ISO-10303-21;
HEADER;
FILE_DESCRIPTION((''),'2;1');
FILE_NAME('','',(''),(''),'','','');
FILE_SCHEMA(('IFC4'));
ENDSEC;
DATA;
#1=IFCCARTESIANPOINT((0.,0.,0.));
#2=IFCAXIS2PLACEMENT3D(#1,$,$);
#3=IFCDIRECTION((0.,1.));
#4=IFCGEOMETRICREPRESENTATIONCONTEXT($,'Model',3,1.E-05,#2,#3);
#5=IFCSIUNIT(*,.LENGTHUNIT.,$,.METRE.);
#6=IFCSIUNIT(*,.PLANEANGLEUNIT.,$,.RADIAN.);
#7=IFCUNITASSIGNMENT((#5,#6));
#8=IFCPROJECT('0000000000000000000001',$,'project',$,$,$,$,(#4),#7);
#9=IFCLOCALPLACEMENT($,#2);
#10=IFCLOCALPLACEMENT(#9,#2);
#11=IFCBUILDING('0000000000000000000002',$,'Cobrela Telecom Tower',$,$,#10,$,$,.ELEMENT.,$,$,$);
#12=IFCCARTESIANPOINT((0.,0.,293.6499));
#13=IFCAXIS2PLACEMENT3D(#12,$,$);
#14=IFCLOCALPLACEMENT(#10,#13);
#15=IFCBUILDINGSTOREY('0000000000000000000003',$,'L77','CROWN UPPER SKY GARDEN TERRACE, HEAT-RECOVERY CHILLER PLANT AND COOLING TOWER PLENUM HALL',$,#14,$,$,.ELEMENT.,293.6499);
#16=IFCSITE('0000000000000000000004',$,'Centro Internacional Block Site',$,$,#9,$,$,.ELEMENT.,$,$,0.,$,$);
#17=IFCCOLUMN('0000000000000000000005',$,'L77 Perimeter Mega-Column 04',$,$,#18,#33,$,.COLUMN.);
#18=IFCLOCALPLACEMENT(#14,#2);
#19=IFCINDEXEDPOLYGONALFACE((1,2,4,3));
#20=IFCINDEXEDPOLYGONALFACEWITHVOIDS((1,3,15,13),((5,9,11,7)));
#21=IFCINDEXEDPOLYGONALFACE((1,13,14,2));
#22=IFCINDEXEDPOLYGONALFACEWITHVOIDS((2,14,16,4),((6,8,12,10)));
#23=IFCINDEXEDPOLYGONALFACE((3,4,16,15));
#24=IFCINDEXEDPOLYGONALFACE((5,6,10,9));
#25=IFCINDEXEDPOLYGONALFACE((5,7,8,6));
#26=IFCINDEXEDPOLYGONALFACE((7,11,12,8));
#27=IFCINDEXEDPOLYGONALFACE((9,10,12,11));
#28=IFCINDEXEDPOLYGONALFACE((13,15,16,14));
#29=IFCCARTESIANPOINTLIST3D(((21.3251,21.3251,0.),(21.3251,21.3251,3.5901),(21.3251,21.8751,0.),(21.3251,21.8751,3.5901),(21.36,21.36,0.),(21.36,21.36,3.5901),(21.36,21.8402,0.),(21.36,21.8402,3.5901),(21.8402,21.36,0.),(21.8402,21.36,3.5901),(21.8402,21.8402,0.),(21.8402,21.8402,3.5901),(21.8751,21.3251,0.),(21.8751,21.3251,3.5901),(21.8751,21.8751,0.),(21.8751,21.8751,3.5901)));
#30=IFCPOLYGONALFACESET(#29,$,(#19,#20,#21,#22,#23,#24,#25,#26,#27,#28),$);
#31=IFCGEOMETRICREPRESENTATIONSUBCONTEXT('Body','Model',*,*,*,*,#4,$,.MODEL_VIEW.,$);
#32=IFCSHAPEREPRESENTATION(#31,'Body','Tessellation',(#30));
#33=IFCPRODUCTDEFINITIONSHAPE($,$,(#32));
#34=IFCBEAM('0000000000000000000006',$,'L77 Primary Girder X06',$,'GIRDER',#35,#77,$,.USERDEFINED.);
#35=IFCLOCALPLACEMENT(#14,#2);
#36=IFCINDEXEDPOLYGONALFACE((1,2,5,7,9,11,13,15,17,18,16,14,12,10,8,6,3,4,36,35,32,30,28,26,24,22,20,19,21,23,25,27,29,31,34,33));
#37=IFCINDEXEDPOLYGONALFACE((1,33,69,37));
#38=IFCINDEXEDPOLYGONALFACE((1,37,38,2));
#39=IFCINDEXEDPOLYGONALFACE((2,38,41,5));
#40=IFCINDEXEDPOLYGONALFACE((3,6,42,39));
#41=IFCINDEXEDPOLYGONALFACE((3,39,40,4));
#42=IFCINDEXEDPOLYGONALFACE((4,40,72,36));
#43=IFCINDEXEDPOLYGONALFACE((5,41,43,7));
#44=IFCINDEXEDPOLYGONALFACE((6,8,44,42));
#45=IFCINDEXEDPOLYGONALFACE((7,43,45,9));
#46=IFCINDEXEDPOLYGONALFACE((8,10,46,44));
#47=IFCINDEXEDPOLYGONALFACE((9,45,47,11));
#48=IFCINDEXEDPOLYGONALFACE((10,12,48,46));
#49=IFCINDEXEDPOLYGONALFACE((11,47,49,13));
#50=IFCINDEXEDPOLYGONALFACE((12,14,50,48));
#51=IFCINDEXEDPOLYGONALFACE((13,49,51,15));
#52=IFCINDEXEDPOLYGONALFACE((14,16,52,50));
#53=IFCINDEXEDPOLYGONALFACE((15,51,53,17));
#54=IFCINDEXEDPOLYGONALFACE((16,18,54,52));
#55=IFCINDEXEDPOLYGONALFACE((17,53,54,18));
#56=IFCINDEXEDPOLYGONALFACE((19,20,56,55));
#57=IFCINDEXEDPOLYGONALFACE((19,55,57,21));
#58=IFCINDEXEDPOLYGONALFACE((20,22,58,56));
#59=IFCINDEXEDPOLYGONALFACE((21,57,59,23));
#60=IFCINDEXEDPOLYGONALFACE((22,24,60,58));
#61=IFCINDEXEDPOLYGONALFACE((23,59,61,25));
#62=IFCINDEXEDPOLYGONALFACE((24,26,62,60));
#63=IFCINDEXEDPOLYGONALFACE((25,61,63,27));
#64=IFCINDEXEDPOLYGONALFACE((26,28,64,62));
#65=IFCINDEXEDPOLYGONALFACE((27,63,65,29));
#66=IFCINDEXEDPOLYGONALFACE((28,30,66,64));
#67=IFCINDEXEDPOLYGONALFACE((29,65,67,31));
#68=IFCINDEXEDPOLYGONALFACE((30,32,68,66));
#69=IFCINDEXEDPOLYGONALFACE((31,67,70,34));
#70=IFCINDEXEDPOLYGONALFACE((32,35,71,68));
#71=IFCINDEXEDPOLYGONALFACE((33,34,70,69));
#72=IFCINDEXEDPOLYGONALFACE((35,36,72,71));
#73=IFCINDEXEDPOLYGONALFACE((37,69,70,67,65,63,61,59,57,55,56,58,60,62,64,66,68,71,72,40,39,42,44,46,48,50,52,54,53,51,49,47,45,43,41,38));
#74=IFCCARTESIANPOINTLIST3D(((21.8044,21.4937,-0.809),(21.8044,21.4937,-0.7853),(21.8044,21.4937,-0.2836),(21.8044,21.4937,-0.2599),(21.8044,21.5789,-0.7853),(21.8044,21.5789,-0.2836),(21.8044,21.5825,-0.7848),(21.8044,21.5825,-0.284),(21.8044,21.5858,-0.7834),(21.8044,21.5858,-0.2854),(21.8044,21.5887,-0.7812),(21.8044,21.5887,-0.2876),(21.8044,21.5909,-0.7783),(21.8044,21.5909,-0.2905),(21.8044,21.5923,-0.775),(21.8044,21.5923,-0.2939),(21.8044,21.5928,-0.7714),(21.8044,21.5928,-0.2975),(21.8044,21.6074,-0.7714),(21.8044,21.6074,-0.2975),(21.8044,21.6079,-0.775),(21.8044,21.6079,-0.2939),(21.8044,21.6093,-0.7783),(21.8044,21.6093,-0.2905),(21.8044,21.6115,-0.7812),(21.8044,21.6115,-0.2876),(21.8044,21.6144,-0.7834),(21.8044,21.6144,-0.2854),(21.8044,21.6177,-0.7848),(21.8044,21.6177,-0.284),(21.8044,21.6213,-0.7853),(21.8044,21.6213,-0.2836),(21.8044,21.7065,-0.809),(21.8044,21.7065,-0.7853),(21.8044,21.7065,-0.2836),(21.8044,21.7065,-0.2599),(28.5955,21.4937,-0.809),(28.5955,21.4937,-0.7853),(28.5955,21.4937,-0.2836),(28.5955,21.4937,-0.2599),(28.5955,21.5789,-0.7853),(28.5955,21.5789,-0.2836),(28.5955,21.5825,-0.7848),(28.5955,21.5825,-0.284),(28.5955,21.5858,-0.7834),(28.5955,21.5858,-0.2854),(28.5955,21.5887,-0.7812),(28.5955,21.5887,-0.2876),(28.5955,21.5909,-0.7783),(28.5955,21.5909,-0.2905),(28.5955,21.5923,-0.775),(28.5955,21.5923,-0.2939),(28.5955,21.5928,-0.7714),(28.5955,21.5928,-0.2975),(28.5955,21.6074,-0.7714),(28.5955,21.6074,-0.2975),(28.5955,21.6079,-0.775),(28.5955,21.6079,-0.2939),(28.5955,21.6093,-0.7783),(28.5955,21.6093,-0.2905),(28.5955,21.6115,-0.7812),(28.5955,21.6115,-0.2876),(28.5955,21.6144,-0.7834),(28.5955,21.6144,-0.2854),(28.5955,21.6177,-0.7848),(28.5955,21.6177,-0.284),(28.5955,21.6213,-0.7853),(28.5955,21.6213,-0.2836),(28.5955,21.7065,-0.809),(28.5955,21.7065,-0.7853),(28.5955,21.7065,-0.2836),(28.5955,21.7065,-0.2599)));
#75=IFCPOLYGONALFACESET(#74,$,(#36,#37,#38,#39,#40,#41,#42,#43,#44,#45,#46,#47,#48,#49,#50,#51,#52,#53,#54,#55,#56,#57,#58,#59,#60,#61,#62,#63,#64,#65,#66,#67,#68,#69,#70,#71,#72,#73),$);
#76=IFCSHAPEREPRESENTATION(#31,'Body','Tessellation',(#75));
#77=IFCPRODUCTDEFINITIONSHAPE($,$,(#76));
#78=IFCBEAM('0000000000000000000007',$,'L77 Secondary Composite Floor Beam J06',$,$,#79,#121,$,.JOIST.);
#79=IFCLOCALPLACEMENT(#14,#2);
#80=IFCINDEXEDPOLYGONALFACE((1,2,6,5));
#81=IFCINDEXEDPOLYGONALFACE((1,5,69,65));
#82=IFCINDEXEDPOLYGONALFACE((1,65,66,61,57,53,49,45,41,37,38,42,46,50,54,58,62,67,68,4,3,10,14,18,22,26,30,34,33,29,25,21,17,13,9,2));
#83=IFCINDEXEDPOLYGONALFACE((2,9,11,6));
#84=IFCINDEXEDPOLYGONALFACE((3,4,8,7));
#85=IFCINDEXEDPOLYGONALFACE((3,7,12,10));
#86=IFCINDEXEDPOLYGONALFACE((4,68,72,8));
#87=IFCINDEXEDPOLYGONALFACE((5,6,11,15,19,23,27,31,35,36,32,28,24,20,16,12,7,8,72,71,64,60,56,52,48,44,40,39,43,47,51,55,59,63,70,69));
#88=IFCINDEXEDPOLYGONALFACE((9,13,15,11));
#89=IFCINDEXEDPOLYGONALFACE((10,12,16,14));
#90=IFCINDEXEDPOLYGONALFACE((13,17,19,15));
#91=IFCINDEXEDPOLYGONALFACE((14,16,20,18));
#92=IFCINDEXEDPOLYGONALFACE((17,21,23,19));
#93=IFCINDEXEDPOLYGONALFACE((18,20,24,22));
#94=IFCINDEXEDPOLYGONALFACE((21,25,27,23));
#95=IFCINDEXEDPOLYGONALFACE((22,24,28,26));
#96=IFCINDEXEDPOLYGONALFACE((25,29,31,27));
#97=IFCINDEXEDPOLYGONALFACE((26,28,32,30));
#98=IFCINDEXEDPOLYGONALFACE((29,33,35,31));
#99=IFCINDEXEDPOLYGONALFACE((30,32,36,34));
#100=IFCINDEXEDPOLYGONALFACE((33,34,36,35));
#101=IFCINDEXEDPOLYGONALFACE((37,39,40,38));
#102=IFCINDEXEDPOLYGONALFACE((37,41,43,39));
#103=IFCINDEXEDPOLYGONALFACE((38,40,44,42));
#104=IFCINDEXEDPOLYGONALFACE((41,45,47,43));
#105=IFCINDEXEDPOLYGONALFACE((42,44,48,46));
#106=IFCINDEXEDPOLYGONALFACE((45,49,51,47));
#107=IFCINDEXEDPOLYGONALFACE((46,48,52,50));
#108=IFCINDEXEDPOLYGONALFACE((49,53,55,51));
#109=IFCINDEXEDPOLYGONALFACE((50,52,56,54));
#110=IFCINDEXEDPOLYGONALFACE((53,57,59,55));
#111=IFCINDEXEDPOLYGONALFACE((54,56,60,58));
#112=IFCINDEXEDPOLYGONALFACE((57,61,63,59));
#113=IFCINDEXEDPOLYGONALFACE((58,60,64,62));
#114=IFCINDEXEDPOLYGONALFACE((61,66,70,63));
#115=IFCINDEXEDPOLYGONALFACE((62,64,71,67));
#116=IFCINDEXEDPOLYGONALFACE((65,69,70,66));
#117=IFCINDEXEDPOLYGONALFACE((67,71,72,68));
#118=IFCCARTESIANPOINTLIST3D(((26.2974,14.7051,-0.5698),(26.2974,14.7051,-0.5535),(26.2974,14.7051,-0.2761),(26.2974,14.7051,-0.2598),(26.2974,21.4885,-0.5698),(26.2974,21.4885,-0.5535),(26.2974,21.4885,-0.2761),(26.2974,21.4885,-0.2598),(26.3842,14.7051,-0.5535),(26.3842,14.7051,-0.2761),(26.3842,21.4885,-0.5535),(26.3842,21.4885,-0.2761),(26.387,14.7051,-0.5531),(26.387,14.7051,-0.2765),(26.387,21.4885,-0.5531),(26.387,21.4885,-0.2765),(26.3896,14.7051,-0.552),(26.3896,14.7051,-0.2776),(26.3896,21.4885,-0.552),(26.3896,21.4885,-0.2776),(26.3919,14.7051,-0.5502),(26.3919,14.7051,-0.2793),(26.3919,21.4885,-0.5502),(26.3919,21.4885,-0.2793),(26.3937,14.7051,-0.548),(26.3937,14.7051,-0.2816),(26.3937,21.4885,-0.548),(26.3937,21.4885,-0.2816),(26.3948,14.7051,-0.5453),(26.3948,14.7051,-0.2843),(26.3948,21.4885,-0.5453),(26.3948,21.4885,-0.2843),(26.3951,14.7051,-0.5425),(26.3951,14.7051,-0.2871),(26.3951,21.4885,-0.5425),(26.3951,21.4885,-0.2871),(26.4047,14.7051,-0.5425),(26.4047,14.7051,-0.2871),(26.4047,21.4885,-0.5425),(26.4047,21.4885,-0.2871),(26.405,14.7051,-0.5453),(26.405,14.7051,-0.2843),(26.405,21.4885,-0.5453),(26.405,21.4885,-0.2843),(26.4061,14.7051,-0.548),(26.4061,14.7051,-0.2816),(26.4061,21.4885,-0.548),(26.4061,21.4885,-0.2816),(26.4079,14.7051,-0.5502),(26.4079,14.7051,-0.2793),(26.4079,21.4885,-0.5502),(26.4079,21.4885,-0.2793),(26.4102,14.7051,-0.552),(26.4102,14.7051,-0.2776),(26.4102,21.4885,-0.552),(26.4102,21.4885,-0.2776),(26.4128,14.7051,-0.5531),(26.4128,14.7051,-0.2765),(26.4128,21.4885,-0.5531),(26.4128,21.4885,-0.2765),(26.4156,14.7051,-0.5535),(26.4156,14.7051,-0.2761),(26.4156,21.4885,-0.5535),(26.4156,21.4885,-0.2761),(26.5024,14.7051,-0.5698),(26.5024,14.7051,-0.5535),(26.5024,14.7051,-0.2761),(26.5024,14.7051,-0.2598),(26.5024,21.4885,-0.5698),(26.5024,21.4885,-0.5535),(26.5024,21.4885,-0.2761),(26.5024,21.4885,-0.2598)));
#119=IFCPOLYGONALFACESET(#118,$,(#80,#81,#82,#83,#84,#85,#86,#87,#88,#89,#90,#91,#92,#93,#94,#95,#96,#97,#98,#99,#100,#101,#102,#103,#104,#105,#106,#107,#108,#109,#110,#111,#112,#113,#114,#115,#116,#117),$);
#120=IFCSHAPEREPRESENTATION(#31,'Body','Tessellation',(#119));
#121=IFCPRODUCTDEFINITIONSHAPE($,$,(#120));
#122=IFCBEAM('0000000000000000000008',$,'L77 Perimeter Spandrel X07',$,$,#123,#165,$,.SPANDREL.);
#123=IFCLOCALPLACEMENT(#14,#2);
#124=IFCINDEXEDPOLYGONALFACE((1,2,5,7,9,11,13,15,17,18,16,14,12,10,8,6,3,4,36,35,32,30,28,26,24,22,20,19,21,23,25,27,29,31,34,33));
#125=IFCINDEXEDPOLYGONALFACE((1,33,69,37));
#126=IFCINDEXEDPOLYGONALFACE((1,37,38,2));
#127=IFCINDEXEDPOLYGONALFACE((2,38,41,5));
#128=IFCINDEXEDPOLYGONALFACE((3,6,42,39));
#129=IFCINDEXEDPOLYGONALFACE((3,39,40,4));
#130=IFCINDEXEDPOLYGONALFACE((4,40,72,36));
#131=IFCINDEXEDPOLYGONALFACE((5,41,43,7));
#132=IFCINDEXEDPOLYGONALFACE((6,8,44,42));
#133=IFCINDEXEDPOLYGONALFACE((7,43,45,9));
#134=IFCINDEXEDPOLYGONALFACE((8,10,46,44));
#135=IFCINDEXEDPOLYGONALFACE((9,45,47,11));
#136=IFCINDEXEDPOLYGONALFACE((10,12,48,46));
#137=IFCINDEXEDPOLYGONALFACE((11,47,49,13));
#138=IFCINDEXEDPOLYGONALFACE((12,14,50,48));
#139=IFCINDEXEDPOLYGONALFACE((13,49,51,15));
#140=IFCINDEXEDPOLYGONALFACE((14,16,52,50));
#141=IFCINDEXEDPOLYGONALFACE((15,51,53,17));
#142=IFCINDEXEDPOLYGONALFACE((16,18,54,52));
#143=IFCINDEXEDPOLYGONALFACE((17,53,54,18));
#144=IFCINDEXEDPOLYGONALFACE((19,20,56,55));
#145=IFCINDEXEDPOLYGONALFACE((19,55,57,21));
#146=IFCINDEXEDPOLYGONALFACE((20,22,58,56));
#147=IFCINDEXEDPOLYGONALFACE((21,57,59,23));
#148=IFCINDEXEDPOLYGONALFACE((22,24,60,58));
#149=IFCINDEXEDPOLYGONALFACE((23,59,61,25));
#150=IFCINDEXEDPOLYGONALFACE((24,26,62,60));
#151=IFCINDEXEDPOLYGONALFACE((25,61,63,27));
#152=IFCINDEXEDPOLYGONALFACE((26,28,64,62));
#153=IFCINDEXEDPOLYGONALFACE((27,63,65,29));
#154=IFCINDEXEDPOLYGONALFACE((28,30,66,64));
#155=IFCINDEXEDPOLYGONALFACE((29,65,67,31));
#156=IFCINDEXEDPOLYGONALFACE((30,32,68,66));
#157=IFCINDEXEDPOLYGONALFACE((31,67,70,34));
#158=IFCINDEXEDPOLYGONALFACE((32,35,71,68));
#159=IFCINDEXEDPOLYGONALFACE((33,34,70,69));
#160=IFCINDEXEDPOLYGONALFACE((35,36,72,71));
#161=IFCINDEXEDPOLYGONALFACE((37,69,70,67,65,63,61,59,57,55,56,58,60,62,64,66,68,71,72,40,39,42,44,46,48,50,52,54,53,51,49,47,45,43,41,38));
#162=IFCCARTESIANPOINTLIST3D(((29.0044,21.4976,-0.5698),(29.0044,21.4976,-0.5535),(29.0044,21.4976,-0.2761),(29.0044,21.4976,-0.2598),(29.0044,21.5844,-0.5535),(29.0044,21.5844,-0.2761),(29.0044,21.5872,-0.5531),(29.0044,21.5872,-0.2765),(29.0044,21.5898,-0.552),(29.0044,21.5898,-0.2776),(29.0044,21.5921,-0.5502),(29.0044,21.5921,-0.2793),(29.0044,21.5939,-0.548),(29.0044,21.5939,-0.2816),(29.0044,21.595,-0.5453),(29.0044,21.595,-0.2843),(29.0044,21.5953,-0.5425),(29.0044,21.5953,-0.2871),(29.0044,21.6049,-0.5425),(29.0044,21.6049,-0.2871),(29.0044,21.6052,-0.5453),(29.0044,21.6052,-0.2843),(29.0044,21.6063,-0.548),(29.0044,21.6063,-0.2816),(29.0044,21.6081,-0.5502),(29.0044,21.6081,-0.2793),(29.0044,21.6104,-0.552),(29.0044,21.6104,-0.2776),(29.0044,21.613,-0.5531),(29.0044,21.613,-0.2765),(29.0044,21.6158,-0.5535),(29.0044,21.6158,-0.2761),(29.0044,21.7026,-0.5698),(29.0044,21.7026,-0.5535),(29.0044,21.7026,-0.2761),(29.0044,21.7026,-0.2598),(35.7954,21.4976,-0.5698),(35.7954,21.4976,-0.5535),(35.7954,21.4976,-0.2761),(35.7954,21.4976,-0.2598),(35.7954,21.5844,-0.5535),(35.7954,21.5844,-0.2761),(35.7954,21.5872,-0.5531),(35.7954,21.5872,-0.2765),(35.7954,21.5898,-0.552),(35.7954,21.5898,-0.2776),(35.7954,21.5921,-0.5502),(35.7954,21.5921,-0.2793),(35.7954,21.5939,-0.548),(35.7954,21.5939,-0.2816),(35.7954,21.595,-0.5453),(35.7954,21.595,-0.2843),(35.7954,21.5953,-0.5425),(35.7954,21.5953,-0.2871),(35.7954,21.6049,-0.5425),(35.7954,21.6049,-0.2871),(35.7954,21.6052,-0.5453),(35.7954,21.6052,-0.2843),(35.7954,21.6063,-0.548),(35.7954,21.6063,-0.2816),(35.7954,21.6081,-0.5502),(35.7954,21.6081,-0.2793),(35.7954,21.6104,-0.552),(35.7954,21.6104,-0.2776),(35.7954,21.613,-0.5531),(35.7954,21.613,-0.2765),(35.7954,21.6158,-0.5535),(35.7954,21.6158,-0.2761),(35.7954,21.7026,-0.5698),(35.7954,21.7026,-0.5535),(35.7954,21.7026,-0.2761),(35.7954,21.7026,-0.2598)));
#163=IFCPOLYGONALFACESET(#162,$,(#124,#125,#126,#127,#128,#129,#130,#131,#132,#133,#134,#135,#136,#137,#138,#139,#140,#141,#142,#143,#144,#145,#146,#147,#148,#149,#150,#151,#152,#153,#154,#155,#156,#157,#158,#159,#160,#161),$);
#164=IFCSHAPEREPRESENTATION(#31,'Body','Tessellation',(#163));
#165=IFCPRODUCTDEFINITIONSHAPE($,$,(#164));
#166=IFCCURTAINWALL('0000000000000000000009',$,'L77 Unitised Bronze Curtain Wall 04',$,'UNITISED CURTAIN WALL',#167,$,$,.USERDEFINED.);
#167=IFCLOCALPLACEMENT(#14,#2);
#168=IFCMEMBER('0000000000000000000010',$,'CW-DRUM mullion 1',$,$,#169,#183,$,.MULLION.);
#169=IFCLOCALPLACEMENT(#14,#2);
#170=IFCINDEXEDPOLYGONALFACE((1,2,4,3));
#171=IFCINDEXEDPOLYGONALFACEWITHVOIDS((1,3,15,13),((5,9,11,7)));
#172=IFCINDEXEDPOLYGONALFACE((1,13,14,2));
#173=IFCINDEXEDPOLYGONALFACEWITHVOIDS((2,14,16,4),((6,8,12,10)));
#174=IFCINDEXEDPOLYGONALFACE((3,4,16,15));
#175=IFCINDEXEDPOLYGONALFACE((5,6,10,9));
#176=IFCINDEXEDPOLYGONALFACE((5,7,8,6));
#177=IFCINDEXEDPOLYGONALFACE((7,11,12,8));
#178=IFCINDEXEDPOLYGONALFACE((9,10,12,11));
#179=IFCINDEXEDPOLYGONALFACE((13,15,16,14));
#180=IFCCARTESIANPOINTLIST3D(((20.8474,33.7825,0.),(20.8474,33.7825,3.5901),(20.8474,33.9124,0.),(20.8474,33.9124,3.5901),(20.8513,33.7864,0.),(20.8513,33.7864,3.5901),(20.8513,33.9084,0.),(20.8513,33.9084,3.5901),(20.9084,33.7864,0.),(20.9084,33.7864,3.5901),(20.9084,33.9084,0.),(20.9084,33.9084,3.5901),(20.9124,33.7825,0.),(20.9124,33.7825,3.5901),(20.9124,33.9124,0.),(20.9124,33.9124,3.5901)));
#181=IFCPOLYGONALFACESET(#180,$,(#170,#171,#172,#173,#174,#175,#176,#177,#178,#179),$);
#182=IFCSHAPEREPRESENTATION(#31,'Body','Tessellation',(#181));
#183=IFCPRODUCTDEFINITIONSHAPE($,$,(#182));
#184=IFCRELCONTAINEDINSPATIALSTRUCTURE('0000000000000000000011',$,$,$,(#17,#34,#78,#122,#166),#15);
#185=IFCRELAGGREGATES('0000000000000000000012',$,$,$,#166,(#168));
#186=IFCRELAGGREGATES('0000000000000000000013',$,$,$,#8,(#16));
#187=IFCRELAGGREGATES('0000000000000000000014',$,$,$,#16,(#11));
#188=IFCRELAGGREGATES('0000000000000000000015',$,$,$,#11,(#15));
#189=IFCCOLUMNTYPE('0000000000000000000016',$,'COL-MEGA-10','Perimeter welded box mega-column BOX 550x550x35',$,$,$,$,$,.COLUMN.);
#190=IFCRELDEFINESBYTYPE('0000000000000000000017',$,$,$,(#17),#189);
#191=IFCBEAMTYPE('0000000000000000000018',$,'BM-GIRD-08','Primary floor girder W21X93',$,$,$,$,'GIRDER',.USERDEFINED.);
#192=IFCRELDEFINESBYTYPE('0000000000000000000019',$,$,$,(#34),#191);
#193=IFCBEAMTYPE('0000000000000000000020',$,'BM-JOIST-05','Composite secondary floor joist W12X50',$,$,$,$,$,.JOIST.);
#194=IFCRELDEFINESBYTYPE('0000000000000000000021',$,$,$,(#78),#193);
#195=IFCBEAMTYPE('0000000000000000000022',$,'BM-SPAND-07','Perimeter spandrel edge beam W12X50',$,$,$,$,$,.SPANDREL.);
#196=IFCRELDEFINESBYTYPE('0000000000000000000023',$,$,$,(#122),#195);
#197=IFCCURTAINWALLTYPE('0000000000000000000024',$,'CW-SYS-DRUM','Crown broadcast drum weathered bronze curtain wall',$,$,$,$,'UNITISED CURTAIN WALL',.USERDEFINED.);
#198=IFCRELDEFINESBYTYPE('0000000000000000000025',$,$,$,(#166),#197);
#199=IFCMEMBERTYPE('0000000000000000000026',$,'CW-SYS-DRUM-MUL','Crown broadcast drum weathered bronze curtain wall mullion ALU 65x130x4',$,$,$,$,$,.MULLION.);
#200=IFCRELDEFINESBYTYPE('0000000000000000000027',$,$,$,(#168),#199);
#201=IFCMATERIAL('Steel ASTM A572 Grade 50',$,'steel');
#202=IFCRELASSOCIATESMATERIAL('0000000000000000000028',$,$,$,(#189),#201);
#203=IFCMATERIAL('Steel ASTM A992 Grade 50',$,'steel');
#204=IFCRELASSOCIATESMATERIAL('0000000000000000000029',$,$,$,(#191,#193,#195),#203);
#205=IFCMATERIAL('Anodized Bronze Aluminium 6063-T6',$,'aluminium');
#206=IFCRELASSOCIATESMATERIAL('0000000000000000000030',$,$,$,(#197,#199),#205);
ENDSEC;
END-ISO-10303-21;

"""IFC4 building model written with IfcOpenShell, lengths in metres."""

from ifc_helpers import new_model, si_unit, direction, frame, origin, origin_2d, place, context, subcontext, project, spatial, hollow_rectangle, i_section, extrude, material, material_profile, profile_set, type_object, element, aggregate, save


model = new_model("IFC4")

# Units and contexts
model_context = context("Model", 3, precision=1e-05, world=origin(), true_north=direction((0.0, 1.0)))
body_context = subcontext(model_context, "Body", "Model", "MODEL_VIEW")
ifc_project = project(units=[si_unit("LENGTHUNIT", "METRE"), si_unit("PLANEANGLEUNIT", "RADIAN")], contexts=[model_context])

# Site, building, storey
site_placement = place(None, origin())
site = spatial("IfcSite", under=ifc_project, at=site_placement, Name="Centro Internacional Block Site", CompositionType="ELEMENT", RefElevation=0.0)
building_placement = place(site_placement, origin())
building = spatial("IfcBuilding", under=site, at=building_placement, Name="Cobrela Telecom Tower", CompositionType="ELEMENT")
storey_placement = place(building_placement, frame((0.0, 0.0, 293.6499)))
storey = spatial("IfcBuildingStorey", under=building, at=storey_placement, Name="L77", Description="CROWN UPPER SKY GARDEN TERRACE, HEAT-RECOVERY CHILLER PLANT AND COOLING TOWER PLENUM HALL", CompositionType="ELEMENT", Elevation=293.6499)

# Column
ifc_material_1 = material(Name="Steel ASTM A572 Grade 50", Category="steel")
ifc_material_profile_1 = material_profile(ifc_material_1, hollow_rectangle(XDim=0.55, YDim=0.55, WallThickness=0.0349, at=origin_2d()), Name="BOX 550x550x35")
ifc_profile_set_1 = profile_set([ifc_material_profile_1], Name="Steel ASTM A572 Grade 50")
column_type = type_object("IfcColumnType", Name="COL-MEGA-10", Description="Perimeter welded box mega-column BOX 550x550x35", PredefinedType="COLUMN", material=ifc_profile_set_1)
column_placement = place(storey_placement, frame((21.6001, 21.6001, 0.0), z_axis=(0.0, 0.0, 1.0), x_axis=(1.0, 0.0, 0.0)))
element("IfcColumn", 1, at=column_placement, inside=storey, type_object=column_type, Name="L77 Perimeter Mega-Column 04", PredefinedType="COLUMN", context=body_context, shape_type="SweptSolid", body=[
    extrude(hollow_rectangle(XDim=0.55, YDim=0.55, WallThickness=0.0349, at=origin_2d()), origin(), (0.0, 0.0, 1.0), 3.5901),
])

# Beams
ifc_material_2 = material(Name="Steel ASTM A992 Grade 50", Category="steel")
ifc_material_profile_2 = material_profile(ifc_material_2, i_section(OverallWidth=0.2129, OverallDepth=0.5491, WebThickness=0.0146, FlangeThickness=0.0237, FilletRadius=0.0139, at=origin_2d()), Name="W21X93")
ifc_profile_set_2 = profile_set([ifc_material_profile_2], Name="Steel ASTM A992 Grade 50")
beam_type_1 = type_object("IfcBeamType", Name="BM-GIRD-08", Description="Primary floor girder W21X93", ElementType="GIRDER", PredefinedType="USERDEFINED", material=ifc_profile_set_2)
beam_1_placement = place(storey_placement, frame((21.8044, 21.6001, -0.5344), z_axis=(1.0, 0.0, 0.0), x_axis=(0.0, 1.0, 0.0)))
element("IfcBeam", 2, at=beam_1_placement, inside=storey, type_object=beam_type_1, Name="L77 Primary Girder X06", ObjectType="GIRDER", PredefinedType="USERDEFINED", context=body_context, shape_type="SweptSolid", body=[
    extrude(i_section(OverallWidth=0.2129, OverallDepth=0.5491, WebThickness=0.0146, FlangeThickness=0.0237, FilletRadius=0.0139, at=origin_2d()), origin(), (0.0, 0.0, 1.0), 6.791),
])
ifc_material_profile_3 = material_profile(ifc_material_2, i_section(OverallWidth=0.2051, OverallDepth=0.3101, WebThickness=0.0095, FlangeThickness=0.0164, FilletRadius=0.011, at=origin_2d()), Name="W12X50")
ifc_profile_set_3 = profile_set([ifc_material_profile_3], Name="Steel ASTM A992 Grade 50")
beam_type_2 = type_object("IfcBeamType", Name="BM-JOIST-05", Description="Composite secondary floor joist W12X50", PredefinedType="JOIST", material=ifc_profile_set_3)
beam_2_placement = place(storey_placement, frame((26.3999, 14.7051, -0.4148), z_axis=(0.0, 1.0, 0.0), x_axis=(-1.0, 0.0, 0.0)))
element("IfcBeam", 3, at=beam_2_placement, inside=storey, type_object=beam_type_2, Name="L77 Secondary Composite Floor Beam J06", PredefinedType="JOIST", context=body_context, shape_type="SweptSolid", body=[
    extrude(i_section(OverallWidth=0.2051, OverallDepth=0.3101, WebThickness=0.0095, FlangeThickness=0.0164, FilletRadius=0.011, at=origin_2d()), origin(), (0.0, 0.0, 1.0), 6.7834),
])
ifc_material_profile_4 = material_profile(ifc_material_2, i_section(OverallWidth=0.2051, OverallDepth=0.3101, WebThickness=0.0095, FlangeThickness=0.0164, FilletRadius=0.011, at=origin_2d()), Name="W12X50")
ifc_profile_set_4 = profile_set([ifc_material_profile_4], Name="Steel ASTM A992 Grade 50")
beam_type_3 = type_object("IfcBeamType", Name="BM-SPAND-07", Description="Perimeter spandrel edge beam W12X50", PredefinedType="SPANDREL", material=ifc_profile_set_4)
beam_3_placement = place(storey_placement, frame((29.0044, 21.6001, -0.4148), z_axis=(1.0, 0.0, 0.0), x_axis=(0.0, 1.0, 0.0)))
element("IfcBeam", 4, at=beam_3_placement, inside=storey, type_object=beam_type_3, Name="L77 Perimeter Spandrel X07", PredefinedType="SPANDREL", context=body_context, shape_type="SweptSolid", body=[
    extrude(i_section(OverallWidth=0.2051, OverallDepth=0.3101, WebThickness=0.0095, FlangeThickness=0.0164, FilletRadius=0.011, at=origin_2d()), origin(), (0.0, 0.0, 1.0), 6.791),
])

# Curtain wall, member
ifc_material_3 = material(Name="Anodized Bronze Aluminium 6063-T6", Category="aluminium")
curtain_wall_type = type_object("IfcCurtainWallType", Name="CW-SYS-DRUM", Description="Crown broadcast drum weathered bronze curtain wall", ElementType="UNITISED CURTAIN WALL", PredefinedType="USERDEFINED", material=ifc_material_3)
curtain_wall_1_placement = place(storey_placement, origin())
curtain_wall_1 = element("IfcCurtainWall", 5, at=curtain_wall_1_placement, inside=storey, type_object=curtain_wall_type, Name="L77 Unitised Bronze Curtain Wall 04", ObjectType="UNITISED CURTAIN WALL", PredefinedType="USERDEFINED")
ifc_material_profile_5 = material_profile(ifc_material_3, hollow_rectangle(XDim=0.0649, YDim=0.1299, WallThickness=0.0039, at=origin_2d()), Name="ALU 65x130x4")
ifc_profile_set_5 = profile_set([ifc_material_profile_5], Name="Anodized Bronze Aluminium 6063-T6")
member_type_1 = type_object("IfcMemberType", Name="CW-SYS-DRUM-MUL", Description="Crown broadcast drum weathered bronze curtain wall mullion ALU 65x130x4", PredefinedType="MULLION", material=ifc_profile_set_5)
member_1_placement = place(storey_placement, frame((20.8799, 33.8474, 0.0), z_axis=(0.0, 0.0, 1.0), x_axis=(1.0, 0.0, 0.0)))
member_1 = element("IfcMember", 6, at=member_1_placement, type_object=member_type_1, Name="CW-DRUM mullion 1", PredefinedType="MULLION", context=body_context, shape_type="SweptSolid", body=[
    extrude(hollow_rectangle(XDim=0.0649, YDim=0.1299, WallThickness=0.0039, at=origin_2d()), origin(), (0.0, 0.0, 1.0), 3.5901),
])

aggregate(curtain_wall_1, [member_1])

save(model, "model.ifc")
